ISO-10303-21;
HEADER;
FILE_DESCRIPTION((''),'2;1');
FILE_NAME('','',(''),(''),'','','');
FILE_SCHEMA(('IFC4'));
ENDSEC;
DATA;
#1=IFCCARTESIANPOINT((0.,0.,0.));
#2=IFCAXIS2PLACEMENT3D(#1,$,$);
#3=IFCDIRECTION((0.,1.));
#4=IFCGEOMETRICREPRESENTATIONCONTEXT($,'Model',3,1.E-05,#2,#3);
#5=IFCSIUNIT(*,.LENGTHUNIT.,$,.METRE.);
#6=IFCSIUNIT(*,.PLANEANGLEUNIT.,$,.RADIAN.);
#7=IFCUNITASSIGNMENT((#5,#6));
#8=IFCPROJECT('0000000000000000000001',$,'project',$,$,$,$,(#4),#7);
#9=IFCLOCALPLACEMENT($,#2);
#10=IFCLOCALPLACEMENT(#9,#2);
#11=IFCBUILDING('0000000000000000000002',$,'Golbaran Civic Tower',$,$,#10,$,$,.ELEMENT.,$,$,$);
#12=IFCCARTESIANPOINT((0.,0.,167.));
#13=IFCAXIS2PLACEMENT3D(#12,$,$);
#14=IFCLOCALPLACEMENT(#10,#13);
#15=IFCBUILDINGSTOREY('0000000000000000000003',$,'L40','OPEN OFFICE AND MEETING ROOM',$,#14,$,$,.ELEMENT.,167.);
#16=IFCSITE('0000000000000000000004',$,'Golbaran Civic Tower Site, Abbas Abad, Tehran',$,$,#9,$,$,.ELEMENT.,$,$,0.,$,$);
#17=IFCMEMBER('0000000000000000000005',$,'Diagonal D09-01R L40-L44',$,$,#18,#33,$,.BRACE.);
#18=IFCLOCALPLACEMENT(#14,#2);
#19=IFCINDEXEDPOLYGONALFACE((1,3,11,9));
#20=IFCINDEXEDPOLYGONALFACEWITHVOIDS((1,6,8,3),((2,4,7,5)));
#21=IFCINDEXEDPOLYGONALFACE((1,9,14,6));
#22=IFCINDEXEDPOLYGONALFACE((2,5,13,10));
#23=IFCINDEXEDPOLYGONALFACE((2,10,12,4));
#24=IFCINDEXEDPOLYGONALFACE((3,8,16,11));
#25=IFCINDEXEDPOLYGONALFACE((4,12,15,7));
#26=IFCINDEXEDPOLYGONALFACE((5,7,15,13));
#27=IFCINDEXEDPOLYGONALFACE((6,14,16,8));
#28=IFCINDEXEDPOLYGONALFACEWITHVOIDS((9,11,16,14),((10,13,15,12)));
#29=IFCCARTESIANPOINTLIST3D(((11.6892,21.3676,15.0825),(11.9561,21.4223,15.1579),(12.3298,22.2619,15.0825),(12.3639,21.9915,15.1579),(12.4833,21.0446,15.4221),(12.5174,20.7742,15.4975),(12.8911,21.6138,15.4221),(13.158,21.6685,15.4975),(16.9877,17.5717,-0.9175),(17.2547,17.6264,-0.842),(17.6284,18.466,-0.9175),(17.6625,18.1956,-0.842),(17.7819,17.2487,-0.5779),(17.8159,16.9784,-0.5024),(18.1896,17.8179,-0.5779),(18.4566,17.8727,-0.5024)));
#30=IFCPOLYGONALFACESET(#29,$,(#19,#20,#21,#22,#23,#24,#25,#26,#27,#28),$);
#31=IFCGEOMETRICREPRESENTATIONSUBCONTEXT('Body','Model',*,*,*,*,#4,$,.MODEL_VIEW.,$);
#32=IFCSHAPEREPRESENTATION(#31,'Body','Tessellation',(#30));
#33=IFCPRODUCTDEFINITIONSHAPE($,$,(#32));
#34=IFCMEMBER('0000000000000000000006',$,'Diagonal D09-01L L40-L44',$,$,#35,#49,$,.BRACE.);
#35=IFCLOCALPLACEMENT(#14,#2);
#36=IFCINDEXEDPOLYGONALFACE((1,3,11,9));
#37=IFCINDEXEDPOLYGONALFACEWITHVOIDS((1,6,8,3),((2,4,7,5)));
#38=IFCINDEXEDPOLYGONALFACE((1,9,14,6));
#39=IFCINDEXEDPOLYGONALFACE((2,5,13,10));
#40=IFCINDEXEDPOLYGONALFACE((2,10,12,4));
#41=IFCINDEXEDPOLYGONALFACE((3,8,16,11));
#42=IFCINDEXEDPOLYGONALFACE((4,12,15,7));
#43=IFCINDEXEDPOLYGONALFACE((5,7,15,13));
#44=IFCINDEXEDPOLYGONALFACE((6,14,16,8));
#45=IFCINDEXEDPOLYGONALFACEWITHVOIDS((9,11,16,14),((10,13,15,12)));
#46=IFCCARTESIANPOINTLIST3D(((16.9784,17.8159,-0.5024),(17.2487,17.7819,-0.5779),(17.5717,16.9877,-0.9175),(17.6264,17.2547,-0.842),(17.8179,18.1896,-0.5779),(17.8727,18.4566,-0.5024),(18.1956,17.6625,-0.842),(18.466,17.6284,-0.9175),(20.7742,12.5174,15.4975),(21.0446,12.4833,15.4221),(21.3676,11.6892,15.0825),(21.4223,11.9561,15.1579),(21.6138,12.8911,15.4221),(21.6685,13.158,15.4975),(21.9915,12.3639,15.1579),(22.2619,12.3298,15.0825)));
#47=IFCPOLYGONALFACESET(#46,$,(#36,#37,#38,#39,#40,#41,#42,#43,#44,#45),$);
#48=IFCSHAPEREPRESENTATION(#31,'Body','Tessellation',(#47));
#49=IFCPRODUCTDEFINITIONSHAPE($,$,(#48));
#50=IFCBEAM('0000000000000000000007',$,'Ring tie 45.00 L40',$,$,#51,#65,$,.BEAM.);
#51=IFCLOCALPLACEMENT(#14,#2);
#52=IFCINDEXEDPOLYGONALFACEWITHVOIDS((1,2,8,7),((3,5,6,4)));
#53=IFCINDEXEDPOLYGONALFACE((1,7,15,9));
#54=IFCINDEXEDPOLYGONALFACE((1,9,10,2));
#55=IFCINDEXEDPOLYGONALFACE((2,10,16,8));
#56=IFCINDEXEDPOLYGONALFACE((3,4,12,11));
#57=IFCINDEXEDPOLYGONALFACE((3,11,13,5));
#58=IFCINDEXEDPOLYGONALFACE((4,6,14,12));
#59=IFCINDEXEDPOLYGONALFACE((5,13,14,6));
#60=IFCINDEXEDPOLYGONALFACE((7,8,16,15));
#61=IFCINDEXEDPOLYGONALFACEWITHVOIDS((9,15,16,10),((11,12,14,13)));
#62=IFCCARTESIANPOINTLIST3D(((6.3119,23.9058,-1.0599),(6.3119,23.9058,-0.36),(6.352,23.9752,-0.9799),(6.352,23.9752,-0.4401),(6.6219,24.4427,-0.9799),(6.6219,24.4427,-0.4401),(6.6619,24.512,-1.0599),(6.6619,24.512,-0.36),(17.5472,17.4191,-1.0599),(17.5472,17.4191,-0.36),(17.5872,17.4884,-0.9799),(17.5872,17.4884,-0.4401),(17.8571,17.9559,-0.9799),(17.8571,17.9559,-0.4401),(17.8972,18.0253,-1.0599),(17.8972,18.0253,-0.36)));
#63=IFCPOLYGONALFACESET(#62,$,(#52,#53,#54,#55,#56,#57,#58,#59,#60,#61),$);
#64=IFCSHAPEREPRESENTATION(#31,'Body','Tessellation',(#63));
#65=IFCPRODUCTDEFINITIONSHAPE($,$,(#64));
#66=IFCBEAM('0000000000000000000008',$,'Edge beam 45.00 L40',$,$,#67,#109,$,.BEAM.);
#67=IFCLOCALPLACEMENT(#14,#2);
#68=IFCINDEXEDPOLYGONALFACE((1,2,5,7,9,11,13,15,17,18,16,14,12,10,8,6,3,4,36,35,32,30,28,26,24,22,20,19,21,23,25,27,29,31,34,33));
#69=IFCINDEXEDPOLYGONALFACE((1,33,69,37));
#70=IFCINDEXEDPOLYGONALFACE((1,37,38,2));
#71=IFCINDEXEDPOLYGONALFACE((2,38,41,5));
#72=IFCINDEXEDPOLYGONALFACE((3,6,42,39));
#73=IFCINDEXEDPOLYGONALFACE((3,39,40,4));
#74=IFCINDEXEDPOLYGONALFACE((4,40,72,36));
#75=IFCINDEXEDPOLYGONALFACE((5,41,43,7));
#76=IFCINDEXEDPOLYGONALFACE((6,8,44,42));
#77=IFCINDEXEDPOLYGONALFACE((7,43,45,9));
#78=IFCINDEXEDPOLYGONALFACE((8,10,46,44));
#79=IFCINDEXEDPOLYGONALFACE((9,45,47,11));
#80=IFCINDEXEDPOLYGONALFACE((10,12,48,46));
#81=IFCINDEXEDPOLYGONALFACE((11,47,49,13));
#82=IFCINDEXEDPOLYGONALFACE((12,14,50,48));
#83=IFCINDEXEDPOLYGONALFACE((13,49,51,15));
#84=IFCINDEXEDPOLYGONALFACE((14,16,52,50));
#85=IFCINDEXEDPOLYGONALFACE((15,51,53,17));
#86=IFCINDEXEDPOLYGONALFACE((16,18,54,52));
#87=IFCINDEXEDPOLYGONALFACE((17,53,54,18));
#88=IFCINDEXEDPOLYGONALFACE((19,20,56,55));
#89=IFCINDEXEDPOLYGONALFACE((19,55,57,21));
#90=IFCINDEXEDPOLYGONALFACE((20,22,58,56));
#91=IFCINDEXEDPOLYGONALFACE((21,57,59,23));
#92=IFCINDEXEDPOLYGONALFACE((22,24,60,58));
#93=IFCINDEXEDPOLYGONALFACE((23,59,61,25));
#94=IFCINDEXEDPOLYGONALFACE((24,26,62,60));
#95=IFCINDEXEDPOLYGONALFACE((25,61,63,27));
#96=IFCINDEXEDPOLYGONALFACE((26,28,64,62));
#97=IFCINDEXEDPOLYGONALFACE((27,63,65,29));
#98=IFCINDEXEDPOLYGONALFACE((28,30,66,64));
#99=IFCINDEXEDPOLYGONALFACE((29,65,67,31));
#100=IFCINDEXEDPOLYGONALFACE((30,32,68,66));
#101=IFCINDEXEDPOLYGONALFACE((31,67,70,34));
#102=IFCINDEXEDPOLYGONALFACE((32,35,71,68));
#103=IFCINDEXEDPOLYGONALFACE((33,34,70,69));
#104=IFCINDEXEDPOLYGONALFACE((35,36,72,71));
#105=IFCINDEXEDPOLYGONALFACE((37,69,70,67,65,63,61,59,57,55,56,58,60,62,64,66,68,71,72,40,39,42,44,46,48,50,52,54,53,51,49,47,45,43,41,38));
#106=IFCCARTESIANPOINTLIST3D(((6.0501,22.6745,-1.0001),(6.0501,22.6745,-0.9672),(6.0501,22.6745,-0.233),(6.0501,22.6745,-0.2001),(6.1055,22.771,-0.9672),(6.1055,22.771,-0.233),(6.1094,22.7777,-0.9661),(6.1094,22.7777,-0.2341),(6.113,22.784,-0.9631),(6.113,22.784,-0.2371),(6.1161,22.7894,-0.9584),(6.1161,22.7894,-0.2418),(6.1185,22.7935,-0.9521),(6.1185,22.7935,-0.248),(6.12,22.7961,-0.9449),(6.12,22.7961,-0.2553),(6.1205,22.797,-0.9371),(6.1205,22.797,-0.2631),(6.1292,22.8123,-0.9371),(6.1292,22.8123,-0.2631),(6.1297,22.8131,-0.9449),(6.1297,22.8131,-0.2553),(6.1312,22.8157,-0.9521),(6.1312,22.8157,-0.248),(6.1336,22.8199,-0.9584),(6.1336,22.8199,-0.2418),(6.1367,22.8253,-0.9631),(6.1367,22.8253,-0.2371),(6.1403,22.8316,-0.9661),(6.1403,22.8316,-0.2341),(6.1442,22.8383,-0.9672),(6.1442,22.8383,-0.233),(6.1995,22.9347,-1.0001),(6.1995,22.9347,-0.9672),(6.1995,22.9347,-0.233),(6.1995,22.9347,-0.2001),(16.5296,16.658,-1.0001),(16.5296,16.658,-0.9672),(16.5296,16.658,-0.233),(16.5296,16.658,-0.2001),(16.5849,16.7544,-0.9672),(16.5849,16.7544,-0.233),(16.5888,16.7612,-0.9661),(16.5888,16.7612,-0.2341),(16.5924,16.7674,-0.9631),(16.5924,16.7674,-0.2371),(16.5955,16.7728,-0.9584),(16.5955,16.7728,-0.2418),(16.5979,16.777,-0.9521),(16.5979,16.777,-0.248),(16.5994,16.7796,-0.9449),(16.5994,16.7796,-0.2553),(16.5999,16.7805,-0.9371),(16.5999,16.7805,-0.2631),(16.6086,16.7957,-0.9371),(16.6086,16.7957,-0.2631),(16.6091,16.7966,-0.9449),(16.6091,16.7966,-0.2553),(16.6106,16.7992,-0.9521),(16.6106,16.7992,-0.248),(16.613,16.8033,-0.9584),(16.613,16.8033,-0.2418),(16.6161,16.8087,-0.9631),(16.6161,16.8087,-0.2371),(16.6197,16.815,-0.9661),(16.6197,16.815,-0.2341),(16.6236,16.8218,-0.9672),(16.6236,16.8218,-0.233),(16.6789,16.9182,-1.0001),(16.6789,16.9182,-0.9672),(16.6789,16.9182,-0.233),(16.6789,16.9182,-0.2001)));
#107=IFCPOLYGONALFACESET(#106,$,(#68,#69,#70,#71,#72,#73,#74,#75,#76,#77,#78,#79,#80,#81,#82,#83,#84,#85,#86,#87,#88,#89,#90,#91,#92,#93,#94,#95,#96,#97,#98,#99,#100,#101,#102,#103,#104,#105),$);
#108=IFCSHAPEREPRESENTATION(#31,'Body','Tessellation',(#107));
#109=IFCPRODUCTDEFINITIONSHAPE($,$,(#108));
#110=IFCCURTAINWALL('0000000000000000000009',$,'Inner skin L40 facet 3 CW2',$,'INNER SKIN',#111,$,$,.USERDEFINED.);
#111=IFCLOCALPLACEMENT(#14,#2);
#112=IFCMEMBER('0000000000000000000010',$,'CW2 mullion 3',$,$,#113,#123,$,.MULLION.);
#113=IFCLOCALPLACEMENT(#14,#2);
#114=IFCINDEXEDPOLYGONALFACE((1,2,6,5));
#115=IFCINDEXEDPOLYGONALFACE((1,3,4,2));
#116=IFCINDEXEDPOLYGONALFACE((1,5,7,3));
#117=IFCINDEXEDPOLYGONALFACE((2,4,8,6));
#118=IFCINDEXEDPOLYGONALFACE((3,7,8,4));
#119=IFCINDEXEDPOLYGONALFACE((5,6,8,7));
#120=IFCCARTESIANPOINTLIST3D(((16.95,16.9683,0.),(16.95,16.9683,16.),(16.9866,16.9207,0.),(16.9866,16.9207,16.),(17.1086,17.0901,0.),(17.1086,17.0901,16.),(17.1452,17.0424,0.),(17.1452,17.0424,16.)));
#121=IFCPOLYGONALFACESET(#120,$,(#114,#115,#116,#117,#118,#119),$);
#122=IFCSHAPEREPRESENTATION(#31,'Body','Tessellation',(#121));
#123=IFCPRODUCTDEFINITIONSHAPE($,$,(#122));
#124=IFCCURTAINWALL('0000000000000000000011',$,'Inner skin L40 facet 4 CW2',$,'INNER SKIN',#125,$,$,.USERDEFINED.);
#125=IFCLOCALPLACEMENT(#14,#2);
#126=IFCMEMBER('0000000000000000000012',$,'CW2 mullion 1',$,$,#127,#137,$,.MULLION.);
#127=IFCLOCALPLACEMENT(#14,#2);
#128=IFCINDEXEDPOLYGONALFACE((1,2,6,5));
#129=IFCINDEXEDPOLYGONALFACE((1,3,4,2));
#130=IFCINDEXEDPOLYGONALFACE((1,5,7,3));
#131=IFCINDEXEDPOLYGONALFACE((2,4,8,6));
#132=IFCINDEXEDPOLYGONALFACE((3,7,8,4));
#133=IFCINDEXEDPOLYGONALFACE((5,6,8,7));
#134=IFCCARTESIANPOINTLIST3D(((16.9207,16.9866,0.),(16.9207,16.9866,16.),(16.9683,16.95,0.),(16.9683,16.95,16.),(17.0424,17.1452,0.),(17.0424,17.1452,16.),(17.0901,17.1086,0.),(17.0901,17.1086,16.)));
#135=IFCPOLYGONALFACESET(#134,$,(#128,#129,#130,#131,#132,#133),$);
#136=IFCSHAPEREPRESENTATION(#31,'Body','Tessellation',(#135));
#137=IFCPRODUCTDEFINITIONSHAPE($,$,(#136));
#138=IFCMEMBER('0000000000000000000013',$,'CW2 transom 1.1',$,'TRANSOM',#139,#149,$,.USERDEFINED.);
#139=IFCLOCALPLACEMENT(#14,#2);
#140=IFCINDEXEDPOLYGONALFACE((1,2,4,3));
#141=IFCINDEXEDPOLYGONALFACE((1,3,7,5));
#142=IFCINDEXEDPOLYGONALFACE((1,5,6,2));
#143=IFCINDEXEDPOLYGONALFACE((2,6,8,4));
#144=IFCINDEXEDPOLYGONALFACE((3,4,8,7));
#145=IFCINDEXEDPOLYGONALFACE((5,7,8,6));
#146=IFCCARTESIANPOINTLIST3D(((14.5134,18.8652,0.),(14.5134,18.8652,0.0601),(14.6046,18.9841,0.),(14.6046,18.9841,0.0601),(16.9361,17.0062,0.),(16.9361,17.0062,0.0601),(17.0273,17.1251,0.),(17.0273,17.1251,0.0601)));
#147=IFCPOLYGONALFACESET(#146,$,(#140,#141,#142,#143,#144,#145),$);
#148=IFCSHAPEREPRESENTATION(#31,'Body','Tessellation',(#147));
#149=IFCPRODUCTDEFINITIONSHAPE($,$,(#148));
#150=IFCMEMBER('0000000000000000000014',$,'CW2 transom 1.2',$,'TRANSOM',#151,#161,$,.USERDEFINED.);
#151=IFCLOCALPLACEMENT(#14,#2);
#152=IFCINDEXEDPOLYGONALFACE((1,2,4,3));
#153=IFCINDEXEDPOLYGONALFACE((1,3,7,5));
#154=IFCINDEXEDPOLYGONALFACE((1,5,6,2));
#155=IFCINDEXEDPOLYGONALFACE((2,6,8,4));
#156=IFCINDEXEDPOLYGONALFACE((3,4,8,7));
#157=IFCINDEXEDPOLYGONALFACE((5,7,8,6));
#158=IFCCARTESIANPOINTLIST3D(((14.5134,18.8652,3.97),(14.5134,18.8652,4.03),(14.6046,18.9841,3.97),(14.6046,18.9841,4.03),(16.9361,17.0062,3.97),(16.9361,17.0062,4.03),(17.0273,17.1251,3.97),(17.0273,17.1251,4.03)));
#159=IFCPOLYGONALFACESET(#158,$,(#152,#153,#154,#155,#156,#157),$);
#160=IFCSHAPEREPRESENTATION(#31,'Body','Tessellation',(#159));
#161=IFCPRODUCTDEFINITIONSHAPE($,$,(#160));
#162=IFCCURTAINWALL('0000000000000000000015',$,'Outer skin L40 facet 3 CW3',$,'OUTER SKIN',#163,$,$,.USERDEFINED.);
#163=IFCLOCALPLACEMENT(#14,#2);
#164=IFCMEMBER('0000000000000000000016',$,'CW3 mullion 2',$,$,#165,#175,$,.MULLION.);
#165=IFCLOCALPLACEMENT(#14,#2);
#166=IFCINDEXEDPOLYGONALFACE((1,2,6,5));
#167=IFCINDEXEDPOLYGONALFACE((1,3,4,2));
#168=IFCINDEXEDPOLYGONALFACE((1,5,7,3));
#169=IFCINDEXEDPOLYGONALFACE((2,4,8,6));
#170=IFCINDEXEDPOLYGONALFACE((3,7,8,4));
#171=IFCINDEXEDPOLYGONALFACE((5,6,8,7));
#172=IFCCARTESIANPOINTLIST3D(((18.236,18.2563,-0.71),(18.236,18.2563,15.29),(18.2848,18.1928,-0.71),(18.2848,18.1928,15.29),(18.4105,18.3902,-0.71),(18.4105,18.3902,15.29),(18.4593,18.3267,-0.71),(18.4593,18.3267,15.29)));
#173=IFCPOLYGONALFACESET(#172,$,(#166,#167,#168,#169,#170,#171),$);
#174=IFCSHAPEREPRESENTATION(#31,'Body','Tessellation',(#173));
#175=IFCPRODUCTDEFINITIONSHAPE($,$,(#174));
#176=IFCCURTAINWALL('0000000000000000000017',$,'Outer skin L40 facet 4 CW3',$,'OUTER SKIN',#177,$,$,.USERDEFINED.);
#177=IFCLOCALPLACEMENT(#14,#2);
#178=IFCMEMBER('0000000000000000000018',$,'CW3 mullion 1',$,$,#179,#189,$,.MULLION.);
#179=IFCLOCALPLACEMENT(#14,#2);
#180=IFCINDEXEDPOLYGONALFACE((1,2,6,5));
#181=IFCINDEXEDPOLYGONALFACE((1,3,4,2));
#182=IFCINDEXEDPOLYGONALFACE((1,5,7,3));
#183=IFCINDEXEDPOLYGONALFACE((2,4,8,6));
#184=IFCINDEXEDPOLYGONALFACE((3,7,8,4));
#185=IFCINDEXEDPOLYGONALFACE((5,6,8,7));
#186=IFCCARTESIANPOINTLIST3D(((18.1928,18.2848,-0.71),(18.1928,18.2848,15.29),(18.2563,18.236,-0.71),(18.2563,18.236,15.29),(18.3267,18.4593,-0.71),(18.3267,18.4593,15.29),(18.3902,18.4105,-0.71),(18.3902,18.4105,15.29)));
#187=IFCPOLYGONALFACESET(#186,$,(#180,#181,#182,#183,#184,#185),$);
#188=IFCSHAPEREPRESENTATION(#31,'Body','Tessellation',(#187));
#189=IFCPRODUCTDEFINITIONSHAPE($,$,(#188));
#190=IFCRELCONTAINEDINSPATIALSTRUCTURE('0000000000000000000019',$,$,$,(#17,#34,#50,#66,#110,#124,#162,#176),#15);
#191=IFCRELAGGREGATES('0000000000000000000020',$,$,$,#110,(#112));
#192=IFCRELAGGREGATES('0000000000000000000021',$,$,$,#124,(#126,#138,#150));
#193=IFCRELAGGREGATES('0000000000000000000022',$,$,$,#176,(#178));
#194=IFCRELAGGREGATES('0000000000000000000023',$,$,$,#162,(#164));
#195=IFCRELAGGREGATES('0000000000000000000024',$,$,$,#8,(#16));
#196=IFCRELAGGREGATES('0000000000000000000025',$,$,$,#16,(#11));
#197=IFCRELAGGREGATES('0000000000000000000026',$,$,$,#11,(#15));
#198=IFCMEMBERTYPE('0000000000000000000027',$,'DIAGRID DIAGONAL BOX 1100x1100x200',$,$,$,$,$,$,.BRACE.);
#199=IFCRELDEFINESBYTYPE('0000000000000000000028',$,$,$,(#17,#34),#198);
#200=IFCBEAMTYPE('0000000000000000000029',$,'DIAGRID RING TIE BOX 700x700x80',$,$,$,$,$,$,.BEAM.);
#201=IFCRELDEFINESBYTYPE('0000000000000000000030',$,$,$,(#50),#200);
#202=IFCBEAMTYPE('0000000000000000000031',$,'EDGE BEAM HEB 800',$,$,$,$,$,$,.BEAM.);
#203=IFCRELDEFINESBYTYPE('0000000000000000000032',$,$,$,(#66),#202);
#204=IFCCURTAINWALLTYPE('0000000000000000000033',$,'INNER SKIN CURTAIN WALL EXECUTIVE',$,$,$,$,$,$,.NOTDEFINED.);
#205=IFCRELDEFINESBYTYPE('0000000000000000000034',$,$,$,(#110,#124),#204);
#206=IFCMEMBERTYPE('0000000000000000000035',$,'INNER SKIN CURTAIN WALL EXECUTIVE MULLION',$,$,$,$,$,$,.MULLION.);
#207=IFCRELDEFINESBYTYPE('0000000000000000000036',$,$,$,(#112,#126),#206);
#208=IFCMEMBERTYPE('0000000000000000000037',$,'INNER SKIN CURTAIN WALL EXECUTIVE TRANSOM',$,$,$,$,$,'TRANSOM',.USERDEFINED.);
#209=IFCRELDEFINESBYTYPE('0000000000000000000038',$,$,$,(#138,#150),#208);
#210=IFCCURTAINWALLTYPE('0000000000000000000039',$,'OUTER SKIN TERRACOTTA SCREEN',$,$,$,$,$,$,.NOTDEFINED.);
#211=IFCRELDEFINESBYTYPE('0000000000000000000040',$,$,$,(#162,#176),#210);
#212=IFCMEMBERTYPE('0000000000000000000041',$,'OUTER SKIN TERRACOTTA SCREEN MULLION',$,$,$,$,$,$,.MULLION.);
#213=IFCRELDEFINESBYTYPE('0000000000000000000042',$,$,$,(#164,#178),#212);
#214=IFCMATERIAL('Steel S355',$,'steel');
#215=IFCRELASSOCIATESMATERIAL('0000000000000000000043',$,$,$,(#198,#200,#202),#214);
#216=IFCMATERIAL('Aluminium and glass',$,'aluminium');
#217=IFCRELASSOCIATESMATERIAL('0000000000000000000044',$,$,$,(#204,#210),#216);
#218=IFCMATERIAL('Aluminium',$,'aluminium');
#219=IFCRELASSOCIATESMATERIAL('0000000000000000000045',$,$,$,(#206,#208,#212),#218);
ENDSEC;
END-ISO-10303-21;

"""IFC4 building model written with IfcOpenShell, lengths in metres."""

from ifc_helpers import new_model, si_unit, direction, frame, origin, origin_2d, place, context, subcontext, project, spatial, rectangle, hollow_rectangle, i_section, extrude, material, material_profile, profile_set, type_object, element, aggregate, save


model = new_model("IFC4")

# Units and contexts
model_context = context("Model", 3, precision=1e-05, world=origin(), true_north=direction((0.0, 1.0)))
body_context = subcontext(model_context, "Body", "Model", "MODEL_VIEW")
ifc_project = project(units=[si_unit("LENGTHUNIT", "METRE"), si_unit("PLANEANGLEUNIT", "RADIAN")], contexts=[model_context])

# Site, building, storey
site_placement = place(None, origin())
site = spatial("IfcSite", under=ifc_project, at=site_placement, Name="Golbaran Civic Tower Site, Abbas Abad, Tehran", CompositionType="ELEMENT", RefElevation=0.0)
building_placement = place(site_placement, origin())
building = spatial("IfcBuilding", under=site, at=building_placement, Name="Golbaran Civic Tower", CompositionType="ELEMENT")
storey_placement = place(building_placement, frame((0.0, 0.0, 167.0)))
storey = spatial("IfcBuildingStorey", under=building, at=storey_placement, Name="L40", Description="OPEN OFFICE AND MEETING ROOM", CompositionType="ELEMENT", Elevation=167.0)

# Members
ifc_material_1 = material(Name="Steel S355", Category="steel")
ifc_material_profile_1 = material_profile(ifc_material_1, hollow_rectangle(XDim=1.1001, YDim=1.1001, WallThickness=0.2, at=origin_2d()), Name="BOX 1100x1100x200")
ifc_profile_set_1 = profile_set([ifc_material_profile_1], Name="Steel S355")
member_type_1 = type_object("IfcMemberType", Name="DIAGRID DIAGONAL BOX 1100x1100x200", PredefinedType="BRACE", material=ifc_profile_set_1)
for number, where, z_axis, x_axis, name in (
    (1, (17.7222, 17.7222, -0.71), (-0.30669, 0.219712, 0.926104), (-0.582375, -0.81292, 0.0), "Diagonal D09-01R L40-L44"),
    (2, (17.7222, 17.7222, -0.71), (0.219712, -0.30669, 0.926104), (0.81292, 0.582375, 0.0), "Diagonal D09-01L L40-L44"),
):
    element("IfcMember", number, at=place(storey_placement, frame(where, z_axis=z_axis, x_axis=x_axis)), inside=storey, type_object=member_type_1, Name=name, PredefinedType="BRACE", context=body_context, shape_type="SweptSolid", body=[
        extrude(hollow_rectangle(XDim=1.1001, YDim=1.1001, WallThickness=0.2, at=origin_2d()), origin(), (0.0, 0.0, 1.0), 17.2766),
    ])

# Beams
ifc_material_profile_2 = material_profile(ifc_material_1, hollow_rectangle(XDim=0.7, YDim=0.7, WallThickness=0.0801, at=origin_2d()), Name="BOX 700x700x80")
ifc_profile_set_2 = profile_set([ifc_material_profile_2], Name="Steel S355")
beam_type_1 = type_object("IfcBeamType", Name="DIAGRID RING TIE BOX 700x700x80", PredefinedType="BEAM", material=ifc_profile_set_2)
beam_1_placement = place(storey_placement, frame((17.7222, 17.7222, -0.71), z_axis=(-0.866023, 0.500005, 0.0), x_axis=(-0.500005, -0.866023, 0.0)))
element("IfcBeam", 3, at=beam_1_placement, inside=storey, type_object=beam_type_1, Name="Ring tie 45.00 L40", PredefinedType="BEAM", context=body_context, shape_type="SweptSolid", body=[
    extrude(hollow_rectangle(XDim=0.7, YDim=0.7, WallThickness=0.0801, at=origin_2d()), origin(), (0.0, 0.0, 1.0), 12.9734),
])
ifc_material_profile_3 = material_profile(ifc_material_1, i_section(OverallWidth=0.3, OverallDepth=0.8, WebThickness=0.0176, FlangeThickness=0.033, FilletRadius=0.03, at=origin_2d()), Name="HEB 800")
ifc_profile_set_3 = profile_set([ifc_material_profile_3], Name="Steel S355")
beam_type_2 = type_object("IfcBeamType", Name="EDGE BEAM HEB 800", PredefinedType="BEAM", material=ifc_profile_set_3)
beam_2_placement = place(storey_placement, frame((16.6042, 16.7881, -0.6001), z_axis=(-0.867232, 0.497905, 0.0), x_axis=(-0.497905, -0.867232, 0.0)))
element("IfcBeam", 4, at=beam_2_placement, inside=storey, type_object=beam_type_2, Name="Edge beam 45.00 L40", PredefinedType="BEAM", context=body_context, shape_type="SweptSolid", body=[
    extrude(i_section(OverallWidth=0.3, OverallDepth=0.8, WebThickness=0.0176, FlangeThickness=0.033, FilletRadius=0.03, at=origin_2d()), origin(), (0.0, 0.0, 1.0), 12.0837),
])

# Curtain wall, member
ifc_material_2 = material(Name="Aluminium and glass", Category="aluminium")
curtain_wall_type_1 = type_object("IfcCurtainWallType", Name="INNER SKIN CURTAIN WALL EXECUTIVE", PredefinedType="NOTDEFINED", material=ifc_material_2)
curtain_wall_1_placement = place(storey_placement, origin())
curtain_wall_1 = element("IfcCurtainWall", 5, at=curtain_wall_1_placement, inside=storey, type_object=curtain_wall_type_1, Name="Inner skin L40 facet 3 CW2", ObjectType="INNER SKIN", PredefinedType="USERDEFINED")
ifc_material_3 = material(Name="Aluminium", Category="aluminium")
ifc_material_profile_4 = material_profile(ifc_material_3, rectangle(XDim=0.2, YDim=0.0601, at=origin_2d()), Name="INNER SKIN CURTAIN WALL EXECUTIVE MULLION")
ifc_profile_set_4 = profile_set([ifc_material_profile_4], Name="Aluminium")
member_type_2 = type_object("IfcMemberType", Name="INNER SKIN CURTAIN WALL EXECUTIVE MULLION", PredefinedType="MULLION", material=ifc_profile_set_4)
member_1_placement = place(storey_placement, frame((17.0476, 17.0054, 0.0), z_axis=(0.0, 0.0, 1.0), x_axis=(-0.793353, -0.608761, 0.0)))
member_1 = element("IfcMember", 6, at=member_1_placement, type_object=member_type_2, Name="CW2 mullion 3", PredefinedType="MULLION", context=body_context, shape_type="SweptSolid", body=[
    extrude(rectangle(XDim=0.2, YDim=0.0601, at=origin_2d()), origin(), (0.0, 0.0, 1.0), 16.0),
])

# Curtain wall, members
curtain_wall_2_placement = place(storey_placement, origin())
curtain_wall_2 = element("IfcCurtainWall", 7, at=curtain_wall_2_placement, inside=storey, type_object=curtain_wall_type_1, Name="Inner skin L40 facet 4 CW2", ObjectType="INNER SKIN", PredefinedType="USERDEFINED")
member_2_placement = place(storey_placement, frame((17.0054, 17.0476, 0.0), z_axis=(0.0, 0.0, 1.0), x_axis=(-0.608761, -0.793353, 0.0)))
member_2 = element("IfcMember", 8, at=member_2_placement, type_object=member_type_2, Name="CW2 mullion 1", PredefinedType="MULLION", context=body_context, shape_type="SweptSolid", body=[
    extrude(rectangle(XDim=0.2, YDim=0.0601, at=origin_2d()), origin(), (0.0, 0.0, 1.0), 16.0),
])
ifc_material_profile_5 = material_profile(ifc_material_3, rectangle(XDim=0.1499, YDim=0.0601, at=origin_2d()), Name="INNER SKIN CURTAIN WALL EXECUTIVE TRANSOM")
ifc_profile_set_5 = profile_set([ifc_material_profile_5], Name="Aluminium")
member_type_3 = type_object("IfcMemberType", Name="INNER SKIN CURTAIN WALL EXECUTIVE TRANSOM", ElementType="TRANSOM", PredefinedType="USERDEFINED", material=ifc_profile_set_5)
member_3_placement = place(storey_placement, frame((16.9817, 17.0657, 0.03), z_axis=(-0.793361, 0.608752, 0.0), x_axis=(-0.608752, -0.793361, 0.0)))
member_3 = element("IfcMember", 9, at=member_3_placement, type_object=member_type_3, Name="CW2 transom 1.1", ObjectType="TRANSOM", PredefinedType="USERDEFINED", context=body_context, shape_type="SweptSolid", body=[
    extrude(rectangle(XDim=0.1499, YDim=0.0601, at=origin_2d()), origin(), (0.0, 0.0, 1.0), 3.0537),
])
member_4_placement = place(storey_placement, frame((16.9817, 17.0657, 4.0), z_axis=(-0.793361, 0.608752, 0.0), x_axis=(-0.608752, -0.793361, 0.0)))
member_4 = element("IfcMember", 10, at=member_4_placement, type_object=member_type_3, Name="CW2 transom 1.2", ObjectType="TRANSOM", PredefinedType="USERDEFINED", context=body_context, shape_type="SweptSolid", body=[
    extrude(rectangle(XDim=0.1499, YDim=0.0601, at=origin_2d()), origin(), (0.0, 0.0, 1.0), 3.0537),
])

# Curtain wall, member
curtain_wall_type_2 = type_object("IfcCurtainWallType", Name="OUTER SKIN TERRACOTTA SCREEN", PredefinedType="NOTDEFINED", material=ifc_material_2)
curtain_wall_3_placement = place(storey_placement, origin())
curtain_wall_3 = element("IfcCurtainWall", 11, at=curtain_wall_3_placement, inside=storey, type_object=curtain_wall_type_2, Name="Outer skin L40 facet 3 CW3", ObjectType="OUTER SKIN", PredefinedType="USERDEFINED")
ifc_material_profile_6 = material_profile(ifc_material_3, rectangle(XDim=0.22, YDim=0.0801, at=origin_2d()), Name="OUTER SKIN TERRACOTTA SCREEN MULLION")
ifc_profile_set_6 = profile_set([ifc_material_profile_6], Name="Aluminium")
member_type_4 = type_object("IfcMemberType", Name="OUTER SKIN TERRACOTTA SCREEN MULLION", PredefinedType="MULLION", material=ifc_profile_set_6)
member_5_placement = place(storey_placement, frame((18.3477, 18.2915, -0.71), z_axis=(0.0, 0.0, 1.0), x_axis=(-0.793353, -0.608761, 0.0)))
member_5 = element("IfcMember", 12, at=member_5_placement, type_object=member_type_4, Name="CW3 mullion 2", PredefinedType="MULLION", context=body_context, shape_type="SweptSolid", body=[
    extrude(rectangle(XDim=0.22, YDim=0.0801, at=origin_2d()), origin(), (0.0, 0.0, 1.0), 16.0),
])

# Curtain wall, member
curtain_wall_4_placement = place(storey_placement, origin())
curtain_wall_4 = element("IfcCurtainWall", 13, at=curtain_wall_4_placement, inside=storey, type_object=curtain_wall_type_2, Name="Outer skin L40 facet 4 CW3", ObjectType="OUTER SKIN", PredefinedType="USERDEFINED")
member_6_placement = place(storey_placement, frame((18.2915, 18.3477, -0.71), z_axis=(0.0, 0.0, 1.0), x_axis=(-0.608761, -0.793353, 0.0)))
member_6 = element("IfcMember", 14, at=member_6_placement, type_object=member_type_4, Name="CW3 mullion 1", PredefinedType="MULLION", context=body_context, shape_type="SweptSolid", body=[
    extrude(rectangle(XDim=0.22, YDim=0.0801, at=origin_2d()), origin(), (0.0, 0.0, 1.0), 16.0),
])

aggregate(curtain_wall_1, [member_1])
aggregate(curtain_wall_2, [member_2, member_3, member_4])
aggregate(curtain_wall_4, [member_6])
aggregate(curtain_wall_3, [member_5])

save(model, "model.ifc")
